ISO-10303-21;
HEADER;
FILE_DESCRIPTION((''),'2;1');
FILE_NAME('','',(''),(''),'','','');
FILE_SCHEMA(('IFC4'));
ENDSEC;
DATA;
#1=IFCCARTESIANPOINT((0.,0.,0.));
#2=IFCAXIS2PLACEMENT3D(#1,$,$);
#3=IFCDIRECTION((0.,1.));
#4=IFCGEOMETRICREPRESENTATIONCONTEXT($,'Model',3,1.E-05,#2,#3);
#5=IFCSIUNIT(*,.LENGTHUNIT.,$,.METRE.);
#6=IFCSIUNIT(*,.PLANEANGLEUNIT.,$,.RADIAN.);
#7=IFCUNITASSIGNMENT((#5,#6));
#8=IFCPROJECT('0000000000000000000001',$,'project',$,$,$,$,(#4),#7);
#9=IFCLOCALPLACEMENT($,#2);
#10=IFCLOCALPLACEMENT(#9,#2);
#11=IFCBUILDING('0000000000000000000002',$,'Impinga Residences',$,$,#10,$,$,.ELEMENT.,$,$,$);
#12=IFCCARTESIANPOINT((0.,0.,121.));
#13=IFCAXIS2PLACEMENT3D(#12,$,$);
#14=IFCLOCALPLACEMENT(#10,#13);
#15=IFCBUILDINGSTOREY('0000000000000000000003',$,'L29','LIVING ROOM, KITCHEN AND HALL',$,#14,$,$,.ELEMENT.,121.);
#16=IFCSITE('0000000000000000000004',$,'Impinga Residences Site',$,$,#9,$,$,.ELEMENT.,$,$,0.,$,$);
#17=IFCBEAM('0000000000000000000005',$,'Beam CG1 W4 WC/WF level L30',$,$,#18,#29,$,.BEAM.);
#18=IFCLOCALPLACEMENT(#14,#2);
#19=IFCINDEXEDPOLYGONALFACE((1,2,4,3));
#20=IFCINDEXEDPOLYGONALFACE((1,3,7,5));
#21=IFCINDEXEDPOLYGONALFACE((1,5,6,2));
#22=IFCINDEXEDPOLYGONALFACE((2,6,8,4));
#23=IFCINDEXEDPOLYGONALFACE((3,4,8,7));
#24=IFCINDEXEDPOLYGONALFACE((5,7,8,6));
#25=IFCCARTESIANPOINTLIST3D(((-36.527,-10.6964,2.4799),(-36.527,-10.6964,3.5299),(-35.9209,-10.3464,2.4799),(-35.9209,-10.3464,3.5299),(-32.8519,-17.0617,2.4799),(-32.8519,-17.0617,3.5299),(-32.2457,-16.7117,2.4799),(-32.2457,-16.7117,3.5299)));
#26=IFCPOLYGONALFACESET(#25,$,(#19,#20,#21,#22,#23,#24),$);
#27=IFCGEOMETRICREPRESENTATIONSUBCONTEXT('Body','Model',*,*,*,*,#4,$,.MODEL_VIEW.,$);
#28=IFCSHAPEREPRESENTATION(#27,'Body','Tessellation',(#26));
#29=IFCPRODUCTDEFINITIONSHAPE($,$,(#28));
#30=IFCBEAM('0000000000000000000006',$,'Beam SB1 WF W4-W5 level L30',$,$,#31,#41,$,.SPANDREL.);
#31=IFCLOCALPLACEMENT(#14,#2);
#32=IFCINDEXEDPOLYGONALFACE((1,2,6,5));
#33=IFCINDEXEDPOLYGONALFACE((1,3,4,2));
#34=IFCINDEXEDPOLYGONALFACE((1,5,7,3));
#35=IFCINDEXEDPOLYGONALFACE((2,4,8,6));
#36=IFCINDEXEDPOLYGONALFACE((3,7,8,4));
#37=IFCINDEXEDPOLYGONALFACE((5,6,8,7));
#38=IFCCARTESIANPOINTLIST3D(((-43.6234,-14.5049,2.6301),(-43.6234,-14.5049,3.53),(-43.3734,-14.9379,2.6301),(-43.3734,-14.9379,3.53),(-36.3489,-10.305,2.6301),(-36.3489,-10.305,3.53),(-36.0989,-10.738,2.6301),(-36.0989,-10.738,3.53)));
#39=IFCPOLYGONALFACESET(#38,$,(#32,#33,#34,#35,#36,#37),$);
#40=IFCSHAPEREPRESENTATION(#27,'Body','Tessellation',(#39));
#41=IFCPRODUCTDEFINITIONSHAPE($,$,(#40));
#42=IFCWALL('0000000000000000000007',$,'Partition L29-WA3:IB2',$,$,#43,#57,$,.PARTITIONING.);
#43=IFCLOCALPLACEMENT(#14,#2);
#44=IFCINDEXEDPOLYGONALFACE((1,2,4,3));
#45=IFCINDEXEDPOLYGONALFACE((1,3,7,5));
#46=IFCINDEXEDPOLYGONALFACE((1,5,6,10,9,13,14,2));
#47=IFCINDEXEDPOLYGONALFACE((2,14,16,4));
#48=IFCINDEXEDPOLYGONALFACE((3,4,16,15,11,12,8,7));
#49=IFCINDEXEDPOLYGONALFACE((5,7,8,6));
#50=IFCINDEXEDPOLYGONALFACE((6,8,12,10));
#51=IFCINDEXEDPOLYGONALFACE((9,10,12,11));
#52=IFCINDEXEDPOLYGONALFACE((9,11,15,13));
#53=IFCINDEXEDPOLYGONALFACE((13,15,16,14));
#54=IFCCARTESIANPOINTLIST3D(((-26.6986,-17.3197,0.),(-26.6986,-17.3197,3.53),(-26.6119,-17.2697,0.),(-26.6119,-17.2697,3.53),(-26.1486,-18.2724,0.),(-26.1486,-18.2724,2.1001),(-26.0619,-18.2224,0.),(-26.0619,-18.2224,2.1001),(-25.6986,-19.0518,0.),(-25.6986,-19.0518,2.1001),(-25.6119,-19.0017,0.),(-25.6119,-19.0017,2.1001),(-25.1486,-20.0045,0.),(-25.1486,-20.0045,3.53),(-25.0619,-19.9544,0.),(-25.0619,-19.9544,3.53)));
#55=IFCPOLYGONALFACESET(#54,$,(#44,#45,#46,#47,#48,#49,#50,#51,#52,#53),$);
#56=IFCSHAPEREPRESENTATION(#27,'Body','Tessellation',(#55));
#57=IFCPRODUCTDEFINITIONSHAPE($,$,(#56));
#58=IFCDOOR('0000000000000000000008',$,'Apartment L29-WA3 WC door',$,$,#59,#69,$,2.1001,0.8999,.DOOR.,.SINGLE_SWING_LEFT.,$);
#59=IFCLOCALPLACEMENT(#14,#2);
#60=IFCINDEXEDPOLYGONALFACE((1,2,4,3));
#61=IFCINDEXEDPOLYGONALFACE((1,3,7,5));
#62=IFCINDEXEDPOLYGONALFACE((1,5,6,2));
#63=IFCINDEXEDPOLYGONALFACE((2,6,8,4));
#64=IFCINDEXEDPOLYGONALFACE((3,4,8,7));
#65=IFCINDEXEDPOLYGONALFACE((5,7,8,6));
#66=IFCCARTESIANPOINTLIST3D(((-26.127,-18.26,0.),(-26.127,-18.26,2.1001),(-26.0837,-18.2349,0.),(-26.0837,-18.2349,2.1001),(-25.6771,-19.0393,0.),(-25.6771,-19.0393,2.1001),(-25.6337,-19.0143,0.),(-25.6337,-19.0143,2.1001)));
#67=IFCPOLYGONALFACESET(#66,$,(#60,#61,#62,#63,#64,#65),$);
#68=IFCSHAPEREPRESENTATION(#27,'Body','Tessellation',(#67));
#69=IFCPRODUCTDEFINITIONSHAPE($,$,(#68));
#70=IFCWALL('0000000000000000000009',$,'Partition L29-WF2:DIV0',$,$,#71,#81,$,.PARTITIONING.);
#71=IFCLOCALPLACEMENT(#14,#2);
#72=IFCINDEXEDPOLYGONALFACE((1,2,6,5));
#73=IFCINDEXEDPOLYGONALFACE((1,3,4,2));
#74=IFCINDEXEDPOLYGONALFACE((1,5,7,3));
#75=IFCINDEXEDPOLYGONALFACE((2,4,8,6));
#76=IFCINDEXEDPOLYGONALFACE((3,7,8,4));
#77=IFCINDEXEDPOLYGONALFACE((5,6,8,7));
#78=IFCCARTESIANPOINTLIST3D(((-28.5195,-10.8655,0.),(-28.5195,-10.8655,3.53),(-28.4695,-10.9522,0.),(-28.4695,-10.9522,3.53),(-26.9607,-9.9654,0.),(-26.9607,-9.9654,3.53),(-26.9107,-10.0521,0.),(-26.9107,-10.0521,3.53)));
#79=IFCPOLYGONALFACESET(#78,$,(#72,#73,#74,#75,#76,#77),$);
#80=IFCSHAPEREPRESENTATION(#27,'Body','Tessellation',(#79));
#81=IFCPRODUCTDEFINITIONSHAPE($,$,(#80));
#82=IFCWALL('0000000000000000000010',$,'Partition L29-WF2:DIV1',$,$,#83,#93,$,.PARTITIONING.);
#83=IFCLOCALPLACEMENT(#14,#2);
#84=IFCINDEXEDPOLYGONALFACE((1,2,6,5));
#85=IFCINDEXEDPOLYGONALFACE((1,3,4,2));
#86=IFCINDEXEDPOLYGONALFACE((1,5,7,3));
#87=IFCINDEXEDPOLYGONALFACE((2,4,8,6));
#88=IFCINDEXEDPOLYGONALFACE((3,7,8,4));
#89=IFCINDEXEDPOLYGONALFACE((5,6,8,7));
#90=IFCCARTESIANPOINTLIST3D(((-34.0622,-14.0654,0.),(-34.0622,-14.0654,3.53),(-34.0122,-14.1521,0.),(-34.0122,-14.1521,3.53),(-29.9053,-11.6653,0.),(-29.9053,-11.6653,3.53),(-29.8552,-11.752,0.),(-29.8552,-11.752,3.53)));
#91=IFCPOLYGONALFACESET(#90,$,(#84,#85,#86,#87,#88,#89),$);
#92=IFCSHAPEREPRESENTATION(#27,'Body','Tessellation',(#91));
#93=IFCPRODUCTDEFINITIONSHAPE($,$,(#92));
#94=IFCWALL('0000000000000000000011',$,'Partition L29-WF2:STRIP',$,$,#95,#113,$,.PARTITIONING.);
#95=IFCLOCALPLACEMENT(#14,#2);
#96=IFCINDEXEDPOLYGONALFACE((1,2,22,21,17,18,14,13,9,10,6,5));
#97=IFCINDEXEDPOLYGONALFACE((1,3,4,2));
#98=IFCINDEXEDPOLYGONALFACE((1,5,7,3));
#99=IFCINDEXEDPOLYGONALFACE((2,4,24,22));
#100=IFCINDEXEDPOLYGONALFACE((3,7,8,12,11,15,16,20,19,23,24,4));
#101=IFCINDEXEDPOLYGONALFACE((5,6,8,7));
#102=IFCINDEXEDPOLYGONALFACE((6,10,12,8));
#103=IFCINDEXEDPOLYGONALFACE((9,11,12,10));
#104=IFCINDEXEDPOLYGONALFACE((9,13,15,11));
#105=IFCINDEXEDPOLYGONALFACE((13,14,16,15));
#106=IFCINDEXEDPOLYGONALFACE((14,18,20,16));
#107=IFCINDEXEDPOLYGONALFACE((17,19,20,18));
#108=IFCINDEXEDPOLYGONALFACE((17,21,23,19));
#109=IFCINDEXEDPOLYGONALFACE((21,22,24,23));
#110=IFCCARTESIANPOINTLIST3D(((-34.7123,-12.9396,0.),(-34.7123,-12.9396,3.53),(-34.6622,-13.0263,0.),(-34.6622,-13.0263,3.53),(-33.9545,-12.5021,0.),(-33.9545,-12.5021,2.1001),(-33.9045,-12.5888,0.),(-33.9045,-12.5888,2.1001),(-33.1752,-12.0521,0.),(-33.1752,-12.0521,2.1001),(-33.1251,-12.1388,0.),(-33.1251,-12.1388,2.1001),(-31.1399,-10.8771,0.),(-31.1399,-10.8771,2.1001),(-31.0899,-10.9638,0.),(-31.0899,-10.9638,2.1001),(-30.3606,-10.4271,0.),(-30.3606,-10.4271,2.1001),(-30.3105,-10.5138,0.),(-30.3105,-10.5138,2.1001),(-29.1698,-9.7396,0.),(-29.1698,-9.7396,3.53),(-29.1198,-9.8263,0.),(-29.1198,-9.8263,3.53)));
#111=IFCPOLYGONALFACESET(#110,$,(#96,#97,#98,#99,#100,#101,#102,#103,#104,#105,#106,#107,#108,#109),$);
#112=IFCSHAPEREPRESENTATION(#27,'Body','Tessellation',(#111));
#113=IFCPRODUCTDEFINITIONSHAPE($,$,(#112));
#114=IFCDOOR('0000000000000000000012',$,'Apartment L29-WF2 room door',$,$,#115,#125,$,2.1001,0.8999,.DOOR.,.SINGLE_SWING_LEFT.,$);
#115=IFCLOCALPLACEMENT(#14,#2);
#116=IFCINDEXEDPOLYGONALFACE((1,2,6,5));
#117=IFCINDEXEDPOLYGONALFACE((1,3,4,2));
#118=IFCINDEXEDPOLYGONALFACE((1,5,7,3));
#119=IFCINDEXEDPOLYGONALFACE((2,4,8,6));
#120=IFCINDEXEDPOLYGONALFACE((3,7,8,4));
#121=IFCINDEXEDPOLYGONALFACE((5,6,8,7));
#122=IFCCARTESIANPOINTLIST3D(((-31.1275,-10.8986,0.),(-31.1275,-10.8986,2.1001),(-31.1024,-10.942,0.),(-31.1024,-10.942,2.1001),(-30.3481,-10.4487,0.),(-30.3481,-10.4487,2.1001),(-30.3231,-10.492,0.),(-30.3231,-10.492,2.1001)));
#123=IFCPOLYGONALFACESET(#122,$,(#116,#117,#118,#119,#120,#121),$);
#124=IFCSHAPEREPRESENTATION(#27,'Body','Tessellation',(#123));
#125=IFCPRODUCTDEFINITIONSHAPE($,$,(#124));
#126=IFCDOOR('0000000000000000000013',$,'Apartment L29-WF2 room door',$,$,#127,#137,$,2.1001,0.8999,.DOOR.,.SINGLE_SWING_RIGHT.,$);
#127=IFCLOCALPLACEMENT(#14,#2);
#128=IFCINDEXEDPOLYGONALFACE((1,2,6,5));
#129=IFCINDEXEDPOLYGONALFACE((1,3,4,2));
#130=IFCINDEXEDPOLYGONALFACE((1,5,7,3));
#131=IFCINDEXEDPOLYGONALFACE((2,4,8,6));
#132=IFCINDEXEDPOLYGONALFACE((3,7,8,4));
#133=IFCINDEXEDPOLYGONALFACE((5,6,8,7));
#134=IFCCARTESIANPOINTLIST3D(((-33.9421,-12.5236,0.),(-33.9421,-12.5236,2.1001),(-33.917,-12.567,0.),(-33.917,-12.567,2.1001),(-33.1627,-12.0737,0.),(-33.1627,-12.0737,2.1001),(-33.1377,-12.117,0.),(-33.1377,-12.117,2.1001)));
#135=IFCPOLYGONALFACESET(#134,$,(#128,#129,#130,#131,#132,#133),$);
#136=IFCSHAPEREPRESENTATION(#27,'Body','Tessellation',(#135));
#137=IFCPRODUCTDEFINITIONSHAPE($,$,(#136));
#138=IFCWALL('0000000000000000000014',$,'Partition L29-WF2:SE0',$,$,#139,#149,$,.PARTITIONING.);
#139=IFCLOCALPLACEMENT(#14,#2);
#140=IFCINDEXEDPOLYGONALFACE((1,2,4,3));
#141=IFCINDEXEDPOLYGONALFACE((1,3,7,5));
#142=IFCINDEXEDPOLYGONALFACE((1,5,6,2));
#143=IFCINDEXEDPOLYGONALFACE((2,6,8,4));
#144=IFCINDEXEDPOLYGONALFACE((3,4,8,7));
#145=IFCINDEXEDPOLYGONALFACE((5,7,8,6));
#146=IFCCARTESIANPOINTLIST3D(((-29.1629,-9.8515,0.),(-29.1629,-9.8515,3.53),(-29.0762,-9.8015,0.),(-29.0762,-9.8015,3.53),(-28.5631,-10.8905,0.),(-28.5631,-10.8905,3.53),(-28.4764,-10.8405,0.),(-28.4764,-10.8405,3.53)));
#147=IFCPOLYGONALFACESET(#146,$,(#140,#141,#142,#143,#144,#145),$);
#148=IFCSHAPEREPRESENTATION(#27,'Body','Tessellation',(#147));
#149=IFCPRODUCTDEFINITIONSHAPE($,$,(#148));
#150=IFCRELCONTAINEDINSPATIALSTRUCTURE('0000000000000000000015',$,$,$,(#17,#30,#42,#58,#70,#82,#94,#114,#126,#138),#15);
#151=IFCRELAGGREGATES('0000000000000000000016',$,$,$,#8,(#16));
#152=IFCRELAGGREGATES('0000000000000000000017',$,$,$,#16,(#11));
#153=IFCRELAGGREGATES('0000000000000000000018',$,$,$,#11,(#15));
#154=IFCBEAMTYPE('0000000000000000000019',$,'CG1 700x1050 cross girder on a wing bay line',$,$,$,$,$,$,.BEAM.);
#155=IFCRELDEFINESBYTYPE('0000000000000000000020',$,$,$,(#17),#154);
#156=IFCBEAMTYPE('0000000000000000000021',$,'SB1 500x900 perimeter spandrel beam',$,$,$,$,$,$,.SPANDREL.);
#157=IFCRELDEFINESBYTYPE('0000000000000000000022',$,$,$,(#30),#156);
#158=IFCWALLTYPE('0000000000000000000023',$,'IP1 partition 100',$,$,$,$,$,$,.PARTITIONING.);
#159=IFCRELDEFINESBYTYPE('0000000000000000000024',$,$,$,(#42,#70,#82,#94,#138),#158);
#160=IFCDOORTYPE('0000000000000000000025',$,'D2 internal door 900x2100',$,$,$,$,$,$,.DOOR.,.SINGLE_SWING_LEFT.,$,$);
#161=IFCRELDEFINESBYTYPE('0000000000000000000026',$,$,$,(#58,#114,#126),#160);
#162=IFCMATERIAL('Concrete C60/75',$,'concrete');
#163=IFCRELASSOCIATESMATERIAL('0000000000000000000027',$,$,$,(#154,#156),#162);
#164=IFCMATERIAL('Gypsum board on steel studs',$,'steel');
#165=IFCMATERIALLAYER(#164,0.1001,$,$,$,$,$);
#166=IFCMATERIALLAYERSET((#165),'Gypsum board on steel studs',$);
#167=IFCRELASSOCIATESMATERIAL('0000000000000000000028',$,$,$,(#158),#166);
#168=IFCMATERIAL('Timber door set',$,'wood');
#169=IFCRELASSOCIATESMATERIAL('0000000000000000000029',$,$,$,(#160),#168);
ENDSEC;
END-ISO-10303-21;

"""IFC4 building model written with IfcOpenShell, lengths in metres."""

from ifc_helpers import new_model, si_unit, direction, frame, frame_2d, origin, origin_2d, place, context, subcontext, project, spatial, rectangle, extrude, material, layer, layer_set, material_profile, profile_set, type_object, element, fill, save


model = new_model("IFC4")

# Units and contexts
model_context = context("Model", 3, precision=1e-05, world=origin(), true_north=direction((0.0, 1.0)))
body_context = subcontext(model_context, "Body", "Model", "MODEL_VIEW")
ifc_project = project(units=[si_unit("LENGTHUNIT", "METRE"), si_unit("PLANEANGLEUNIT", "RADIAN")], contexts=[model_context])

# Site, building, storey
site_placement = place(None, origin())
site = spatial("IfcSite", under=ifc_project, at=site_placement, Name="Impinga Residences Site", CompositionType="ELEMENT", RefElevation=0.0)
building_placement = place(site_placement, origin())
building = spatial("IfcBuilding", under=site, at=building_placement, Name="Impinga Residences", CompositionType="ELEMENT")
storey_placement = place(building_placement, frame((0.0, 0.0, 121.0)))
storey = spatial("IfcBuildingStorey", under=building, at=storey_placement, Name="L29", Description="LIVING ROOM, KITCHEN AND HALL", CompositionType="ELEMENT", Elevation=121.0)

# Beams
ifc_material_1 = material(Name="Concrete C60/75", Category="concrete")
ifc_material_profile_1 = material_profile(ifc_material_1, rectangle(XDim=0.7, YDim=1.05, at=origin_2d()), Name="RC 700x1050")
ifc_profile_set_1 = profile_set([ifc_material_profile_1], Name="Concrete C60/75")
beam_type_1 = type_object("IfcBeamType", Name="CG1 700x1050 cross girder on a wing bay line", PredefinedType="BEAM", material=ifc_profile_set_1)
beam_1_placement = place(storey_placement, frame((-32.5488, -16.8867, 3.0049), z_axis=(-0.500008, 0.866021, 0.0), x_axis=(-0.866021, -0.500008, 0.0)))
element("IfcBeam", 1, at=beam_1_placement, inside=storey, type_object=beam_type_1, Name="Beam CG1 W4 WC/WF level L30", PredefinedType="BEAM", context=body_context, shape_type="SweptSolid", body=[
    extrude(rectangle(XDim=0.7, YDim=1.05, at=origin_2d()), origin(), (0.0, 0.0, 1.0), 7.3501),
])
ifc_material_profile_2 = material_profile(ifc_material_1, rectangle(XDim=0.5, YDim=0.8999, at=origin_2d()), Name="RC 500x900")
ifc_profile_set_2 = profile_set([ifc_material_profile_2], Name="Concrete C60/75")
beam_type_2 = type_object("IfcBeamType", Name="SB1 500x900 perimeter spandrel beam", PredefinedType="SPANDREL", material=ifc_profile_set_2)
beam_2_placement = place(storey_placement, frame((-36.2239, -10.5215, 3.0801), z_axis=(-0.866029, -0.499993, 0.0), x_axis=(0.499993, -0.866029, 0.0)))
element("IfcBeam", 2, at=beam_2_placement, inside=storey, type_object=beam_type_2, Name="Beam SB1 WF W4-W5 level L30", PredefinedType="SPANDREL", context=body_context, shape_type="SweptSolid", body=[
    extrude(rectangle(XDim=0.5, YDim=0.8999, at=origin_2d()), origin(), (0.0, 0.0, 1.0), 8.3999),
])

# Wall, opening, door
ifc_material_2 = material(Name="Gypsum board on steel studs", Category="steel")
ifc_layer_1 = layer(ifc_material_2, 0.1001)
ifc_layer_set_1 = layer_set([ifc_layer_1], Name="Gypsum board on steel studs")
wall_type_1 = type_object("IfcWallType", Name="IP1 partition 100", PredefinedType="PARTITIONING", material=ifc_layer_set_1)
wall_1_placement = place(storey_placement, frame((-26.6553, -17.2947, 0.0), z_axis=(0.0, 0.0, 1.0), x_axis=(0.499993, -0.86603, 0.0)))
wall_1 = element("IfcWall", 3, at=wall_1_placement, inside=storey, type_object=wall_type_1, Name="Partition L29-WA3:IB2", PredefinedType="PARTITIONING", context=body_context, shape_type="SweptSolid", body=[
    extrude(rectangle(XDim=3.1001, YDim=0.1001, at=frame_2d((1.55, 0.0))), origin(), (0.0, 0.0, 1.0), 3.53),
])
opening_1_placement = place(wall_1_placement, frame((1.1001, 0.0, 0.0)))
opening_1 = element("IfcOpeningElement", 4, at=opening_1_placement, cuts=wall_1, PredefinedType="OPENING", context=body_context, shape_type="SweptSolid", body=[
    extrude(rectangle(XDim=0.8999, YDim=2.1001, at=frame_2d((0.45, 1.05))), frame((0.0, 0.0601, 0.0), z_axis=(0.0, -1.0, 0.0), x_axis=(1.0, 0.0, 0.0)), (0.0, 0.0, 1.0), 0.1201),
])
ifc_material_3 = material(Name="Timber door set", Category="wood")
door_type = type_object("IfcDoorType", Name="D2 internal door 900x2100", OperationType="SINGLE_SWING_LEFT", PredefinedType="DOOR", material=ifc_material_3)
door_1_placement = place(opening_1_placement, origin())
door_1 = element("IfcDoor", 5, at=door_1_placement, inside=storey, type_object=door_type, Name="Apartment L29-WA3 WC door", OperationType="SINGLE_SWING_LEFT", OverallHeight=2.1001, OverallWidth=0.8999, PredefinedType="DOOR", context=body_context, shape_type="SweptSolid", body=[
    extrude(rectangle(XDim=0.8999, YDim=2.1001, at=frame_2d((0.45, 1.05))), frame((0.0, 0.0249, 0.0), z_axis=(0.0, -1.0, 0.0), x_axis=(1.0, 0.0, 0.0)), (0.0, 0.0, 1.0), 0.05),
])
fill(opening_1, door_1)

# Walls
wall_2_placement = place(storey_placement, frame((-26.9358, -10.0088, 0.0), z_axis=(0.0, 0.0, 1.0), x_axis=(-0.865989, -0.500063, 0.0)))
element("IfcWall", 6, at=wall_2_placement, inside=storey, type_object=wall_type_1, Name="Partition L29-WF2:DIV0", PredefinedType="PARTITIONING", context=body_context, shape_type="SweptSolid", body=[
    extrude(rectangle(XDim=1.8, YDim=0.1001, at=frame_2d((0.8999, 0.0))), origin(), (0.0, 0.0, 1.0), 3.53),
])
wall_3_placement = place(storey_placement, frame((-29.8804, -11.7087, 0.0), z_axis=(0.0, 0.0, 1.0), x_axis=(-0.866015, -0.500017, 0.0)))
element("IfcWall", 7, at=wall_3_placement, inside=storey, type_object=wall_type_1, Name="Partition L29-WF2:DIV1", PredefinedType="PARTITIONING", context=body_context, shape_type="SweptSolid", body=[
    extrude(rectangle(XDim=4.8, YDim=0.1001, at=frame_2d((2.3999, 0.0))), origin(), (0.0, 0.0, 1.0), 3.53),
])

# Wall, openings, doors
wall_4_placement = place(storey_placement, frame((-29.1448, -9.783, 0.0), z_axis=(0.0, 0.0, 1.0), x_axis=(-0.866025, -0.5, 0.0)))
wall_4 = element("IfcWall", 8, at=wall_4_placement, inside=storey, type_object=wall_type_1, Name="Partition L29-WF2:STRIP", PredefinedType="PARTITIONING", context=body_context, shape_type="SweptSolid", body=[
    extrude(rectangle(XDim=6.3999, YDim=0.1001, at=frame_2d((3.2, 0.0))), origin(), (0.0, 0.0, 1.0), 3.53),
])
opening_2_placement = place(wall_4_placement, frame((1.375, 0.0, 0.0)))
opening_2 = element("IfcOpeningElement", 9, at=opening_2_placement, cuts=wall_4, PredefinedType="OPENING", context=body_context, shape_type="SweptSolid", body=[
    extrude(rectangle(XDim=0.8999, YDim=2.1001, at=frame_2d((0.45, 1.05))), frame((0.0, 0.0601, 0.0), z_axis=(0.0, -1.0, 0.0), x_axis=(1.0, 0.0, 0.0)), (0.0, 0.0, 1.0), 0.1201),
])
opening_3_placement = place(wall_4_placement, frame((4.625, 0.0, 0.0)))
opening_3 = element("IfcOpeningElement", 10, at=opening_3_placement, cuts=wall_4, PredefinedType="OPENING", context=body_context, shape_type="SweptSolid", body=[
    extrude(rectangle(XDim=0.8999, YDim=2.1001, at=frame_2d((0.45, 1.05))), frame((0.0, 0.0601, 0.0), z_axis=(0.0, -1.0, 0.0), x_axis=(1.0, 0.0, 0.0)), (0.0, 0.0, 1.0), 0.1201),
])
door_2_placement = place(opening_2_placement, origin())
door_2 = element("IfcDoor", 11, at=door_2_placement, inside=storey, type_object=door_type, Name="Apartment L29-WF2 room door", OperationType="SINGLE_SWING_LEFT", OverallHeight=2.1001, OverallWidth=0.8999, PredefinedType="DOOR", context=body_context, shape_type="SweptSolid", body=[
    extrude(rectangle(XDim=0.8999, YDim=2.1001, at=frame_2d((0.45, 1.05))), frame((0.0, 0.0249, 0.0), z_axis=(0.0, -1.0, 0.0), x_axis=(1.0, 0.0, 0.0)), (0.0, 0.0, 1.0), 0.05),
])
fill(opening_2, door_2)
door_3_placement = place(opening_3_placement, origin())
door_3 = element("IfcDoor", 12, at=door_3_placement, inside=storey, type_object=door_type, Name="Apartment L29-WF2 room door", OperationType="SINGLE_SWING_RIGHT", OverallHeight=2.1001, OverallWidth=0.8999, PredefinedType="DOOR", context=body_context, shape_type="SweptSolid", body=[
    extrude(rectangle(XDim=0.8999, YDim=2.1001, at=frame_2d((0.45, 1.05))), frame((0.0, 0.0249, 0.0), z_axis=(0.0, -1.0, 0.0), x_axis=(1.0, 0.0, 0.0)), (0.0, 0.0, 1.0), 0.05),
])
fill(opening_3, door_3)

# Wall
wall_5_placement = place(storey_placement, frame((-28.5198, -10.8655, 0.0), z_axis=(0.0, 0.0, 1.0), x_axis=(-0.499969, 0.866043, 0.0)))
element("IfcWall", 13, at=wall_5_placement, inside=storey, type_object=wall_type_1, Name="Partition L29-WF2:SE0", PredefinedType="PARTITIONING", context=body_context, shape_type="SweptSolid", body=[
    extrude(rectangle(XDim=1.1997, YDim=0.1001, at=frame_2d((0.5999, 0.0))), origin(), (0.0, 0.0, 1.0), 3.53),
])

save(model, "model.ifc")
